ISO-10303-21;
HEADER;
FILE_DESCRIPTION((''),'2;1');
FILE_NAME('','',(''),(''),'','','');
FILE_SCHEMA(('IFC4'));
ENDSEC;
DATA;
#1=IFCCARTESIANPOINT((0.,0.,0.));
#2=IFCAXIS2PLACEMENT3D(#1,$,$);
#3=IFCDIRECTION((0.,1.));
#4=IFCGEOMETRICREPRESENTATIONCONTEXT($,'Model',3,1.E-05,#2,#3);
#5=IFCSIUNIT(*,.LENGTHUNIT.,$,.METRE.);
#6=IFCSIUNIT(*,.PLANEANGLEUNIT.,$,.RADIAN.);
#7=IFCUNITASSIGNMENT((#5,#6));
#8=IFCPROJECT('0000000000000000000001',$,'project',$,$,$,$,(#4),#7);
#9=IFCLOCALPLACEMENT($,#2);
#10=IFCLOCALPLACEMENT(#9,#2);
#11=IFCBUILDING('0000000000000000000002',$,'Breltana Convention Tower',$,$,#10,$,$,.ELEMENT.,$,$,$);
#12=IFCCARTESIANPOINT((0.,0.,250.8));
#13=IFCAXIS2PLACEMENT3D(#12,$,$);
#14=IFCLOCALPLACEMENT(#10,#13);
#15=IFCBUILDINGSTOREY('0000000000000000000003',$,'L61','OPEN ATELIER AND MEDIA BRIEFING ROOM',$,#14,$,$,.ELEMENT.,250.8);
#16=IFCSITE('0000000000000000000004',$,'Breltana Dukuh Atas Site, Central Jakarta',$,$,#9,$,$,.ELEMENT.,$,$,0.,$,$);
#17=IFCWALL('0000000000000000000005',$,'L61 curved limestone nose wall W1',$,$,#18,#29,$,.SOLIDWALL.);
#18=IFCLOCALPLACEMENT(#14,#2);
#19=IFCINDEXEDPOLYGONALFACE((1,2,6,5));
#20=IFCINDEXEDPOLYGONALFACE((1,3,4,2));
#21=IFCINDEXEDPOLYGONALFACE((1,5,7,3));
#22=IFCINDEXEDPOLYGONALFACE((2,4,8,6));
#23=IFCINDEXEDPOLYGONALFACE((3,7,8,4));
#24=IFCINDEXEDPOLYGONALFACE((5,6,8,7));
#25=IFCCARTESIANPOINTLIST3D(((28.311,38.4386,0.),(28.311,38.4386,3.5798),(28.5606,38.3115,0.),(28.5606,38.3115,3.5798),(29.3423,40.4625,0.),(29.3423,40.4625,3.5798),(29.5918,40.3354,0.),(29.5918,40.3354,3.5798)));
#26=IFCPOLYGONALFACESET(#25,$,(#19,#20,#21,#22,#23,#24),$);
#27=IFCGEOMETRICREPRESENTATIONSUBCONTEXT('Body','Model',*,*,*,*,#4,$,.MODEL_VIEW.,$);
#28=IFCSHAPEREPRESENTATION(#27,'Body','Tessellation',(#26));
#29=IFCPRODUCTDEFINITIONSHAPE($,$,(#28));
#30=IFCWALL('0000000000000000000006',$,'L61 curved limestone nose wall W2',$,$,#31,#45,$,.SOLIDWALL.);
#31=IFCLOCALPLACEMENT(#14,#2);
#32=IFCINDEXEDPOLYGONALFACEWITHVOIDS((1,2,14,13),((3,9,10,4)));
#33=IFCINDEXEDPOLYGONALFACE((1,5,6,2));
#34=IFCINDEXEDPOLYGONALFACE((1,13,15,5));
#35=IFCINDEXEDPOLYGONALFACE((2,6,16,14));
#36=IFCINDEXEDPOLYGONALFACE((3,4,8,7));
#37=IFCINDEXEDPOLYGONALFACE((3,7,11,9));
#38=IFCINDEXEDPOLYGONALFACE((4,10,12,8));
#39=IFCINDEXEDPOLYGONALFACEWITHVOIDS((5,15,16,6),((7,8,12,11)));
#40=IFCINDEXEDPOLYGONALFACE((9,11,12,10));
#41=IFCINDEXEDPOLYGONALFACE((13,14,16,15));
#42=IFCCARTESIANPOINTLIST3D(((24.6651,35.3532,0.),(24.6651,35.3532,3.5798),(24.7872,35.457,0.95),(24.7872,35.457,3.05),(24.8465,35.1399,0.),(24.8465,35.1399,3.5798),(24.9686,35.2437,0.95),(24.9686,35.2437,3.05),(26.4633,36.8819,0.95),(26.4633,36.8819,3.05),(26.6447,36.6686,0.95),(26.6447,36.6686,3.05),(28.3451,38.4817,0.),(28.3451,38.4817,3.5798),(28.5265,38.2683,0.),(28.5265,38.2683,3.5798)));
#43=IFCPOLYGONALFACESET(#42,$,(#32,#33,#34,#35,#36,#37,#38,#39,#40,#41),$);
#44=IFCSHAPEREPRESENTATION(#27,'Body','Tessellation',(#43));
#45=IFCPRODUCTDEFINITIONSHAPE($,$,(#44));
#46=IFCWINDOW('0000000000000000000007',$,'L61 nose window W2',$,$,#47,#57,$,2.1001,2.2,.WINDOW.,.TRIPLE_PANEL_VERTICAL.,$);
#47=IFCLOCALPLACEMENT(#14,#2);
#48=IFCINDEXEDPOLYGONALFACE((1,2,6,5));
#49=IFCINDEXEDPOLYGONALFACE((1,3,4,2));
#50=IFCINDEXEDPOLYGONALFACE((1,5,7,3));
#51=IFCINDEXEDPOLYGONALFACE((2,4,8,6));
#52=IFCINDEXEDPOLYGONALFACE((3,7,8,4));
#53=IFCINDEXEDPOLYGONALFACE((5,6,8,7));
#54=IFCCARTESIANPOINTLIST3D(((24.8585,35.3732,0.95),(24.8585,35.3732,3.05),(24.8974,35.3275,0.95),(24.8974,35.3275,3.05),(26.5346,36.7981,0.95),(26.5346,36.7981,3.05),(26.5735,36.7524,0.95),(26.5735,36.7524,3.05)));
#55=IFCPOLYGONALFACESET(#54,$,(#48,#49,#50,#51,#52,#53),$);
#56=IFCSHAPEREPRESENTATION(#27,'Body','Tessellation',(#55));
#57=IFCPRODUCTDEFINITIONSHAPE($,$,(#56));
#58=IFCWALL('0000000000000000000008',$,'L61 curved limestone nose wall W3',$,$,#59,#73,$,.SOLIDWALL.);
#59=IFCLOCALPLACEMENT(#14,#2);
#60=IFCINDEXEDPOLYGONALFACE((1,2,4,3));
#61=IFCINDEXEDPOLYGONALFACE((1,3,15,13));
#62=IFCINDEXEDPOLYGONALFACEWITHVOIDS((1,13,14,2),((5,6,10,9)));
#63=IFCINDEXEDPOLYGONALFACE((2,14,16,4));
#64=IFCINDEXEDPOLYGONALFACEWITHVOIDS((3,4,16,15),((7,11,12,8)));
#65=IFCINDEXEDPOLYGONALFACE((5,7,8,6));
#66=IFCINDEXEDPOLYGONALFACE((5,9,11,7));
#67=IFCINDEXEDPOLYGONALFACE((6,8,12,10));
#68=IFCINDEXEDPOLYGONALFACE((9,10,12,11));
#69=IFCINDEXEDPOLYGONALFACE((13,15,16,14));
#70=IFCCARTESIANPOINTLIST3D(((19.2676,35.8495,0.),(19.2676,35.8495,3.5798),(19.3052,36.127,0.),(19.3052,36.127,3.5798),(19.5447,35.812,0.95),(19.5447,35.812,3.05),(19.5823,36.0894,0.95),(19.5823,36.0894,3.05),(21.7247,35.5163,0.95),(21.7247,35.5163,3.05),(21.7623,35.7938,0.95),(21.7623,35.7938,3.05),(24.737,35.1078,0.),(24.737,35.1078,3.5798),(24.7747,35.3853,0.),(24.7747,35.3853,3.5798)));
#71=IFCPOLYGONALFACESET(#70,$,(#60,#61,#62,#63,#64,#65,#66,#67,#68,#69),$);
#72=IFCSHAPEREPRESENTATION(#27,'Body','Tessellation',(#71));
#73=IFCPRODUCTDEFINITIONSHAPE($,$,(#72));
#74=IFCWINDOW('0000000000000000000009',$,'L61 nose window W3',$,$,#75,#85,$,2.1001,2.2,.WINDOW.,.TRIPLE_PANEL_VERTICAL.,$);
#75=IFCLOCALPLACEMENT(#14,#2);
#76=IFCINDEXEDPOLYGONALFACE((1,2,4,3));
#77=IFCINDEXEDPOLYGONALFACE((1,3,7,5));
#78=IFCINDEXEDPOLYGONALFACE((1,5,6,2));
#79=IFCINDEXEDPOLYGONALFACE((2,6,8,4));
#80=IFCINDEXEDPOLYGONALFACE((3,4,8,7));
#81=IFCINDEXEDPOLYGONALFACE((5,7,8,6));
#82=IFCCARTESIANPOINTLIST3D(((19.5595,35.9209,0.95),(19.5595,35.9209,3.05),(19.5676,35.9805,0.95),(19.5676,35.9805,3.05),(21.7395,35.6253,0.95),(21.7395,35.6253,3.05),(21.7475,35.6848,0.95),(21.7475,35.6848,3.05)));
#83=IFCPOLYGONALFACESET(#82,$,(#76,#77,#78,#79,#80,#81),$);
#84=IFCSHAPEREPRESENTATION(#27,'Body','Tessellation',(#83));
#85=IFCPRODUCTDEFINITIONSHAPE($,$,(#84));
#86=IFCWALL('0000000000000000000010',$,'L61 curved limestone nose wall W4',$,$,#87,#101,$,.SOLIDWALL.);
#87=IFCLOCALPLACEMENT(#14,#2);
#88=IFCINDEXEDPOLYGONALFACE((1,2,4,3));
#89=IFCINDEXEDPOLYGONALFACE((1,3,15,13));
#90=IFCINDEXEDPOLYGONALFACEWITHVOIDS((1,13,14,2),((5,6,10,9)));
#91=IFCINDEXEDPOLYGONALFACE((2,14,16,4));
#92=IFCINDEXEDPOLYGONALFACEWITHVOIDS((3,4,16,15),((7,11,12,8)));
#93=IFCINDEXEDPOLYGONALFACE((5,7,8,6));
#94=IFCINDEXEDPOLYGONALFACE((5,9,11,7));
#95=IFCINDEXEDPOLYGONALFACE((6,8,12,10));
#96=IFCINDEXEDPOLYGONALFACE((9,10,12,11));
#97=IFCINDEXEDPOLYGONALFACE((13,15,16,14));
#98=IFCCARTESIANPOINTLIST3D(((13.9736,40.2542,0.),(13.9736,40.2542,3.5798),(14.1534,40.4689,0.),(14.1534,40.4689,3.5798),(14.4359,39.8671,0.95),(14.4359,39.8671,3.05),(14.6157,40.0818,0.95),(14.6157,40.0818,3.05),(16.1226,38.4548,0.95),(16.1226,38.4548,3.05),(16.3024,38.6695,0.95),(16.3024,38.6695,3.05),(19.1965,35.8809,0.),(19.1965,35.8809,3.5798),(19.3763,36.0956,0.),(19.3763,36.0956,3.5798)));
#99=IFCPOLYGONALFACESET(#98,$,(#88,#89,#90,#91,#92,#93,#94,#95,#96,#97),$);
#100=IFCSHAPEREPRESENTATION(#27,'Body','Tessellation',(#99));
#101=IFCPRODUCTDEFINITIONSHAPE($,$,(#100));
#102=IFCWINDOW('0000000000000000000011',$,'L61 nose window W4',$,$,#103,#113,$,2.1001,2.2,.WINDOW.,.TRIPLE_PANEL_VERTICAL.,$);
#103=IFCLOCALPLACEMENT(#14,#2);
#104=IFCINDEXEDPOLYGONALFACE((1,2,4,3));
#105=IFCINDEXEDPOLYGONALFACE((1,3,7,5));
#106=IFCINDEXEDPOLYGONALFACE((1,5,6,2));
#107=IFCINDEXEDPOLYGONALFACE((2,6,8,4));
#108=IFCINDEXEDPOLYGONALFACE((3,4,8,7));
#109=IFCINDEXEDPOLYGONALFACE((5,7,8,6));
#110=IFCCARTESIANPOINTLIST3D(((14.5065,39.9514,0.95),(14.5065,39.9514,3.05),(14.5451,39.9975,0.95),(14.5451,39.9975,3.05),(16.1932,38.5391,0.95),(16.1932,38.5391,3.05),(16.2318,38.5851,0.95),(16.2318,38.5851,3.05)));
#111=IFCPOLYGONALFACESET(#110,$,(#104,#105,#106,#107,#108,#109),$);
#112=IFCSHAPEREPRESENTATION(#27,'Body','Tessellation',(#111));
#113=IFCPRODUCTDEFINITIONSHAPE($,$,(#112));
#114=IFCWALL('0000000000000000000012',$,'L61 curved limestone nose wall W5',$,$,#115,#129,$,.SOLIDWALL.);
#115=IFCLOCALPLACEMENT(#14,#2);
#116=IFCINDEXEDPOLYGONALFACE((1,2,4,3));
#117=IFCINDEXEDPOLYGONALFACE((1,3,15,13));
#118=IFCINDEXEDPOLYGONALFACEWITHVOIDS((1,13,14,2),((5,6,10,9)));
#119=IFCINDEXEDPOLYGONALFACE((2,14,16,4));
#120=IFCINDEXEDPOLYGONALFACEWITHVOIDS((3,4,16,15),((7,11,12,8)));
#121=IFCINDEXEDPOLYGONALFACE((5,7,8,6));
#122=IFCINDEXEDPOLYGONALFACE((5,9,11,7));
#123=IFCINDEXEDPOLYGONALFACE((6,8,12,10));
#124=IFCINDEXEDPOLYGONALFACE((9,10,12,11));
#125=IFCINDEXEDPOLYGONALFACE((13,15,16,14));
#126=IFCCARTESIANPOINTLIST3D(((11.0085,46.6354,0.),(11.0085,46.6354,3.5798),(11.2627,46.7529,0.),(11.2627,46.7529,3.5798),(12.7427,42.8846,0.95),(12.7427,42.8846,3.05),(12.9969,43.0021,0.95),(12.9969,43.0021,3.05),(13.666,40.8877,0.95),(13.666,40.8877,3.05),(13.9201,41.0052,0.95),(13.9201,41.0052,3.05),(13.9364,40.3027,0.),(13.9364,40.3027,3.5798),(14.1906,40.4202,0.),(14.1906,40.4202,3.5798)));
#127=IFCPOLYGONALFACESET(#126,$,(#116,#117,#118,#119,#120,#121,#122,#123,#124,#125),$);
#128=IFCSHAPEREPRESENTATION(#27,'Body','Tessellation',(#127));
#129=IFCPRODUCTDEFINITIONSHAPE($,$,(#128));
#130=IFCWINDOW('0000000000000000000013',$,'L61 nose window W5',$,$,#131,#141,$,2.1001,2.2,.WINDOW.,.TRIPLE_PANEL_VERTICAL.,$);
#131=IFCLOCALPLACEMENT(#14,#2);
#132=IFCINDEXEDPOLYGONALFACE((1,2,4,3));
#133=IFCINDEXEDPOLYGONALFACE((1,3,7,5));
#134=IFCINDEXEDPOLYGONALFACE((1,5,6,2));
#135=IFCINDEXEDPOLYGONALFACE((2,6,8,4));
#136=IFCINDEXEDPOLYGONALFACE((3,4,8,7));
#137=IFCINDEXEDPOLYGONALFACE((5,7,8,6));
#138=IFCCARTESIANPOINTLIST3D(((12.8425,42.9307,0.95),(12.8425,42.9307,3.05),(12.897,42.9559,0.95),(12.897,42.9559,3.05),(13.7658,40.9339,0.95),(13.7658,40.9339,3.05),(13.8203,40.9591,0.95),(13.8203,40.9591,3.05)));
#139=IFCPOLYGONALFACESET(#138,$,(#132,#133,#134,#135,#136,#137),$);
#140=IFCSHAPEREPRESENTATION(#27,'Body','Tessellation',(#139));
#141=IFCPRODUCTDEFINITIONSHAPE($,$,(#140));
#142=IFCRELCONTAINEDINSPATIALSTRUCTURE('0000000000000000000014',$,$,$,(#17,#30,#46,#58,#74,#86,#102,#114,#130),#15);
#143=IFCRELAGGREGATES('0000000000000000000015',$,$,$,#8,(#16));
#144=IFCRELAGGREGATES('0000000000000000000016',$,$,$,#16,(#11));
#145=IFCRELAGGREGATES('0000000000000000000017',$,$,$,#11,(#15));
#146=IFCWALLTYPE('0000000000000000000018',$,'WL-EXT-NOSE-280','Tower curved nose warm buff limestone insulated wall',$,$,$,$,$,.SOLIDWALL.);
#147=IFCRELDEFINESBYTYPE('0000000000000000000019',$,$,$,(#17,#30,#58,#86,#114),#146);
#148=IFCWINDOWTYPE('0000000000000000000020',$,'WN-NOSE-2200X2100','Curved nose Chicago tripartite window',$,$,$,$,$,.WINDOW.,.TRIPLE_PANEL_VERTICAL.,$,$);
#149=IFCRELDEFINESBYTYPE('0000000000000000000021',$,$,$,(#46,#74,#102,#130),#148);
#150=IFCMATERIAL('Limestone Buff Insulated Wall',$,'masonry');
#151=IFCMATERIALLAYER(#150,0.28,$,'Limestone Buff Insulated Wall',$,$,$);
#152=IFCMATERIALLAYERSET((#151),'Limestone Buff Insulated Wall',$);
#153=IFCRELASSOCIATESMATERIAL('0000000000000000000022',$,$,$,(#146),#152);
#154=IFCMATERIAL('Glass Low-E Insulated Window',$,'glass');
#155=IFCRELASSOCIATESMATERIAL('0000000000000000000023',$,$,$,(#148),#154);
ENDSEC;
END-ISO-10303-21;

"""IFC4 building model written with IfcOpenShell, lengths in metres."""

from ifc_helpers import new_model, si_unit, direction, frame, frame_2d, origin, place, context, subcontext, project, spatial, rectangle, extrude, source, transform, mapped, material, layer, layer_set, type_object, type_shapes, element, fill, save


model = new_model("IFC4")

# Units and contexts
model_context = context("Model", 3, precision=1e-05, world=origin(), true_north=direction((0.0, 1.0)))
body_context = subcontext(model_context, "Body", "Model", "MODEL_VIEW")
ifc_project = project(units=[si_unit("LENGTHUNIT", "METRE"), si_unit("PLANEANGLEUNIT", "RADIAN")], contexts=[model_context])

# Site, building, storey
site_placement = place(None, origin())
site = spatial("IfcSite", under=ifc_project, at=site_placement, Name="Breltana Dukuh Atas Site, Central Jakarta", CompositionType="ELEMENT", RefElevation=0.0)
building_placement = place(site_placement, origin())
building = spatial("IfcBuilding", under=site, at=building_placement, Name="Breltana Convention Tower", CompositionType="ELEMENT")
storey_placement = place(building_placement, frame((0.0, 0.0, 250.8)))
storey = spatial("IfcBuildingStorey", under=building, at=storey_placement, Name="L61", Description="OPEN ATELIER AND MEDIA BRIEFING ROOM", CompositionType="ELEMENT", Elevation=250.8)

# Wall
ifc_material_1 = material(Name="Limestone Buff Insulated Wall", Category="masonry")
ifc_layer_1 = layer(ifc_material_1, 0.28, Name="Limestone Buff Insulated Wall")
ifc_layer_set_1 = layer_set([ifc_layer_1], Name="Limestone Buff Insulated Wall")
wall_type_1 = type_object("IfcWallType", Name="WL-EXT-NOSE-280", Description="Tower curved nose warm buff limestone insulated wall", PredefinedType="SOLIDWALL", material=ifc_layer_set_1)
shared_shape_1 = source(origin(), body_context, "Body", "SweptSolid", [
    extrude(rectangle(XDim=2.2715, YDim=0.28, at=frame_2d((1.1357, 0.0))), origin(), (0.0, 0.0, 1.0), 3.5798),
])
wall_1_placement = place(storey_placement, frame((29.467, 40.3989, 0.0), z_axis=(0.0, 0.0, 1.0), x_axis=(-0.453993, -0.891005, 0.0)))
element("IfcWall", 1, at=wall_1_placement, inside=storey, type_object=wall_type_1, Name="L61 curved limestone nose wall W1", PredefinedType="SOLIDWALL", context=body_context, shape_type="MappedRepresentation", body=[
    mapped(shared_shape_1, transform((0.0, 0.0, 0.0), scale=1.0)),
])

# Walls, openings, windows
shared_shape_2 = source(origin(), body_context, "Body", "SweptSolid", [
    extrude(rectangle(XDim=4.8301, YDim=0.28, at=frame_2d((2.415, 0.0))), origin(), (0.0, 0.0, 1.0), 3.5798),
])
wall_2_placement = place(storey_placement, frame((28.4358, 38.375, 0.0), z_axis=(0.0, 0.0, 1.0), x_axis=(-0.761891, -0.647706, 0.0)))
wall_2 = element("IfcWall", 2, at=wall_2_placement, inside=storey, type_object=wall_type_1, Name="L61 curved limestone nose wall W2", PredefinedType="SOLIDWALL", context=body_context, shape_type="MappedRepresentation", body=[
    mapped(shared_shape_2, transform((0.0, 0.0, 0.0), scale=1.0)),
])
opening_1_placement = place(wall_2_placement, frame((2.4697, 0.0, 0.95)))
opening_1 = element("IfcOpeningElement", 3, at=opening_1_placement, cuts=wall_2, PredefinedType="OPENING", context=body_context, shape_type="SweptSolid", body=[
    extrude(rectangle(XDim=2.2, YDim=2.1001, at=frame_2d((1.1001, 1.05))), frame((0.0, 0.1499, 0.0), z_axis=(0.0, -1.0, 0.0), x_axis=(1.0, 0.0, 0.0)), (0.0, 0.0, 1.0), 0.3),
])
ifc_material_2 = material(Name="Glass Low-E Insulated Window", Category="glass")
window_type = type_object("IfcWindowType", Name="WN-NOSE-2200X2100", Description="Curved nose Chicago tripartite window", PartitioningType="TRIPLE_PANEL_VERTICAL", PredefinedType="WINDOW", material=ifc_material_2)
shared_shape_3 = source(origin(), body_context, "Body", "SweptSolid", [
    extrude(rectangle(XDim=2.2, YDim=2.1001, at=frame_2d((1.1001, 1.05))), frame((0.0, 0.03, 0.0), z_axis=(0.0, -1.0, 0.0), x_axis=(1.0, 0.0, 0.0)), (0.0, 0.0, 1.0), 0.0601),
])
type_shapes(window_type, [shared_shape_3])
window_1_placement = place(opening_1_placement, origin())
window_1 = element("IfcWindow", 4, at=window_1_placement, inside=storey, type_object=window_type, Name="L61 nose window W2", OverallHeight=2.1001, OverallWidth=2.2, PartitioningType="TRIPLE_PANEL_VERTICAL", PredefinedType="WINDOW", context=body_context, shape_type="MappedRepresentation", body=[
    mapped(shared_shape_3, transform((0.0, 0.0, 0.0), scale=1.0)),
])
fill(opening_1, window_1)
shared_shape_4 = source(origin(), body_context, "Body", "SweptSolid", [
    extrude(rectangle(XDim=5.5195, YDim=0.28, at=frame_2d((2.7598, 0.0))), origin(), (0.0, 0.0, 1.0), 3.5798),
])
wall_3_placement = place(storey_placement, frame((24.7559, 35.2466, 0.0), z_axis=(0.0, 0.0, 1.0), x_axis=(-0.99093, 0.134377, 0.0)))
wall_3 = element("IfcWall", 5, at=wall_3_placement, inside=storey, type_object=wall_type_1, Name="L61 curved limestone nose wall W3", PredefinedType="SOLIDWALL", context=body_context, shape_type="MappedRepresentation", body=[
    mapped(shared_shape_4, transform((0.0, 0.0, 0.0), scale=1.0)),
])
opening_2_placement = place(wall_3_placement, frame((3.0398, 0.0, 0.95)))
opening_2 = element("IfcOpeningElement", 6, at=opening_2_placement, cuts=wall_3, PredefinedType="OPENING", context=body_context, shape_type="SweptSolid", body=[
    extrude(rectangle(XDim=2.2, YDim=2.1001, at=frame_2d((1.1001, 1.05))), frame((0.0, 0.1499, 0.0), z_axis=(0.0, -1.0, 0.0), x_axis=(1.0, 0.0, 0.0)), (0.0, 0.0, 1.0), 0.3),
])
window_2_placement = place(opening_2_placement, origin())
window_2 = element("IfcWindow", 7, at=window_2_placement, inside=storey, type_object=window_type, Name="L61 nose window W3", OverallHeight=2.1001, OverallWidth=2.2, PartitioningType="TRIPLE_PANEL_VERTICAL", PredefinedType="WINDOW", context=body_context, shape_type="MappedRepresentation", body=[
    mapped(shared_shape_3, transform((0.0, 0.0, 0.0), scale=1.0)),
])
fill(opening_2, window_2)
shared_shape_5 = source(origin(), body_context, "Body", "SweptSolid", [
    extrude(rectangle(XDim=6.812, YDim=0.28, at=frame_2d((3.406, 0.0))), origin(), (0.0, 0.0, 1.0), 3.5798),
])
wall_4_placement = place(storey_placement, frame((19.2864, 35.9883, 0.0), z_axis=(0.0, 0.0, 1.0), x_axis=(-0.766712, 0.641991, 0.0)))
wall_4 = element("IfcWall", 8, at=wall_4_placement, inside=storey, type_object=wall_type_1, Name="L61 curved limestone nose wall W4", PredefinedType="SOLIDWALL", context=body_context, shape_type="MappedRepresentation", body=[
    mapped(shared_shape_5, transform((0.0, 0.0, 0.0), scale=1.0)),
])
opening_3_placement = place(wall_4_placement, frame((4.009, 0.0, 0.95)))
opening_3 = element("IfcOpeningElement", 9, at=opening_3_placement, cuts=wall_4, PredefinedType="OPENING", context=body_context, shape_type="SweptSolid", body=[
    extrude(rectangle(XDim=2.2, YDim=2.1001, at=frame_2d((1.1001, 1.05))), frame((0.0, 0.1499, 0.0), z_axis=(0.0, -1.0, 0.0), x_axis=(1.0, 0.0, 0.0)), (0.0, 0.0, 1.0), 0.3),
])
window_3_placement = place(opening_3_placement, origin())
window_3 = element("IfcWindow", 10, at=window_3_placement, inside=storey, type_object=window_type, Name="L61 nose window W4", OverallHeight=2.1001, OverallWidth=2.2, PartitioningType="TRIPLE_PANEL_VERTICAL", PredefinedType="WINDOW", context=body_context, shape_type="MappedRepresentation", body=[
    mapped(shared_shape_3, transform((0.0, 0.0, 0.0), scale=1.0)),
])
fill(opening_3, window_3)
shared_shape_6 = source(origin(), body_context, "Body", "SweptSolid", [
    extrude(rectangle(XDim=6.9768, YDim=0.28, at=frame_2d((3.4883, 0.0))), origin(), (0.0, 0.0, 1.0), 3.5798),
])
wall_5_placement = place(storey_placement, frame((14.0635, 40.3616, 0.0), z_axis=(0.0, 0.0, 1.0), x_axis=(-0.419668, 0.907678, 0.0)))
wall_5 = element("IfcWall", 11, at=wall_5_placement, inside=storey, type_object=wall_type_1, Name="L61 curved limestone nose wall W5", PredefinedType="SOLIDWALL", context=body_context, shape_type="MappedRepresentation", body=[
    mapped(shared_shape_6, transform((0.0, 0.0, 0.0), scale=1.0)),
])
opening_4_placement = place(wall_5_placement, frame((0.6443, 0.0, 0.95)))
opening_4 = element("IfcOpeningElement", 12, at=opening_4_placement, cuts=wall_5, PredefinedType="OPENING", context=body_context, shape_type="SweptSolid", body=[
    extrude(rectangle(XDim=2.2, YDim=2.1001, at=frame_2d((1.1001, 1.05))), frame((0.0, 0.1499, 0.0), z_axis=(0.0, -1.0, 0.0), x_axis=(1.0, 0.0, 0.0)), (0.0, 0.0, 1.0), 0.3),
])
window_4_placement = place(opening_4_placement, origin())
window_4 = element("IfcWindow", 13, at=window_4_placement, inside=storey, type_object=window_type, Name="L61 nose window W5", OverallHeight=2.1001, OverallWidth=2.2, PartitioningType="TRIPLE_PANEL_VERTICAL", PredefinedType="WINDOW", context=body_context, shape_type="MappedRepresentation", body=[
    mapped(shared_shape_3, transform((0.0, 0.0, 0.0), scale=1.0)),
])
fill(opening_4, window_4)

save(model, "model.ifc")
